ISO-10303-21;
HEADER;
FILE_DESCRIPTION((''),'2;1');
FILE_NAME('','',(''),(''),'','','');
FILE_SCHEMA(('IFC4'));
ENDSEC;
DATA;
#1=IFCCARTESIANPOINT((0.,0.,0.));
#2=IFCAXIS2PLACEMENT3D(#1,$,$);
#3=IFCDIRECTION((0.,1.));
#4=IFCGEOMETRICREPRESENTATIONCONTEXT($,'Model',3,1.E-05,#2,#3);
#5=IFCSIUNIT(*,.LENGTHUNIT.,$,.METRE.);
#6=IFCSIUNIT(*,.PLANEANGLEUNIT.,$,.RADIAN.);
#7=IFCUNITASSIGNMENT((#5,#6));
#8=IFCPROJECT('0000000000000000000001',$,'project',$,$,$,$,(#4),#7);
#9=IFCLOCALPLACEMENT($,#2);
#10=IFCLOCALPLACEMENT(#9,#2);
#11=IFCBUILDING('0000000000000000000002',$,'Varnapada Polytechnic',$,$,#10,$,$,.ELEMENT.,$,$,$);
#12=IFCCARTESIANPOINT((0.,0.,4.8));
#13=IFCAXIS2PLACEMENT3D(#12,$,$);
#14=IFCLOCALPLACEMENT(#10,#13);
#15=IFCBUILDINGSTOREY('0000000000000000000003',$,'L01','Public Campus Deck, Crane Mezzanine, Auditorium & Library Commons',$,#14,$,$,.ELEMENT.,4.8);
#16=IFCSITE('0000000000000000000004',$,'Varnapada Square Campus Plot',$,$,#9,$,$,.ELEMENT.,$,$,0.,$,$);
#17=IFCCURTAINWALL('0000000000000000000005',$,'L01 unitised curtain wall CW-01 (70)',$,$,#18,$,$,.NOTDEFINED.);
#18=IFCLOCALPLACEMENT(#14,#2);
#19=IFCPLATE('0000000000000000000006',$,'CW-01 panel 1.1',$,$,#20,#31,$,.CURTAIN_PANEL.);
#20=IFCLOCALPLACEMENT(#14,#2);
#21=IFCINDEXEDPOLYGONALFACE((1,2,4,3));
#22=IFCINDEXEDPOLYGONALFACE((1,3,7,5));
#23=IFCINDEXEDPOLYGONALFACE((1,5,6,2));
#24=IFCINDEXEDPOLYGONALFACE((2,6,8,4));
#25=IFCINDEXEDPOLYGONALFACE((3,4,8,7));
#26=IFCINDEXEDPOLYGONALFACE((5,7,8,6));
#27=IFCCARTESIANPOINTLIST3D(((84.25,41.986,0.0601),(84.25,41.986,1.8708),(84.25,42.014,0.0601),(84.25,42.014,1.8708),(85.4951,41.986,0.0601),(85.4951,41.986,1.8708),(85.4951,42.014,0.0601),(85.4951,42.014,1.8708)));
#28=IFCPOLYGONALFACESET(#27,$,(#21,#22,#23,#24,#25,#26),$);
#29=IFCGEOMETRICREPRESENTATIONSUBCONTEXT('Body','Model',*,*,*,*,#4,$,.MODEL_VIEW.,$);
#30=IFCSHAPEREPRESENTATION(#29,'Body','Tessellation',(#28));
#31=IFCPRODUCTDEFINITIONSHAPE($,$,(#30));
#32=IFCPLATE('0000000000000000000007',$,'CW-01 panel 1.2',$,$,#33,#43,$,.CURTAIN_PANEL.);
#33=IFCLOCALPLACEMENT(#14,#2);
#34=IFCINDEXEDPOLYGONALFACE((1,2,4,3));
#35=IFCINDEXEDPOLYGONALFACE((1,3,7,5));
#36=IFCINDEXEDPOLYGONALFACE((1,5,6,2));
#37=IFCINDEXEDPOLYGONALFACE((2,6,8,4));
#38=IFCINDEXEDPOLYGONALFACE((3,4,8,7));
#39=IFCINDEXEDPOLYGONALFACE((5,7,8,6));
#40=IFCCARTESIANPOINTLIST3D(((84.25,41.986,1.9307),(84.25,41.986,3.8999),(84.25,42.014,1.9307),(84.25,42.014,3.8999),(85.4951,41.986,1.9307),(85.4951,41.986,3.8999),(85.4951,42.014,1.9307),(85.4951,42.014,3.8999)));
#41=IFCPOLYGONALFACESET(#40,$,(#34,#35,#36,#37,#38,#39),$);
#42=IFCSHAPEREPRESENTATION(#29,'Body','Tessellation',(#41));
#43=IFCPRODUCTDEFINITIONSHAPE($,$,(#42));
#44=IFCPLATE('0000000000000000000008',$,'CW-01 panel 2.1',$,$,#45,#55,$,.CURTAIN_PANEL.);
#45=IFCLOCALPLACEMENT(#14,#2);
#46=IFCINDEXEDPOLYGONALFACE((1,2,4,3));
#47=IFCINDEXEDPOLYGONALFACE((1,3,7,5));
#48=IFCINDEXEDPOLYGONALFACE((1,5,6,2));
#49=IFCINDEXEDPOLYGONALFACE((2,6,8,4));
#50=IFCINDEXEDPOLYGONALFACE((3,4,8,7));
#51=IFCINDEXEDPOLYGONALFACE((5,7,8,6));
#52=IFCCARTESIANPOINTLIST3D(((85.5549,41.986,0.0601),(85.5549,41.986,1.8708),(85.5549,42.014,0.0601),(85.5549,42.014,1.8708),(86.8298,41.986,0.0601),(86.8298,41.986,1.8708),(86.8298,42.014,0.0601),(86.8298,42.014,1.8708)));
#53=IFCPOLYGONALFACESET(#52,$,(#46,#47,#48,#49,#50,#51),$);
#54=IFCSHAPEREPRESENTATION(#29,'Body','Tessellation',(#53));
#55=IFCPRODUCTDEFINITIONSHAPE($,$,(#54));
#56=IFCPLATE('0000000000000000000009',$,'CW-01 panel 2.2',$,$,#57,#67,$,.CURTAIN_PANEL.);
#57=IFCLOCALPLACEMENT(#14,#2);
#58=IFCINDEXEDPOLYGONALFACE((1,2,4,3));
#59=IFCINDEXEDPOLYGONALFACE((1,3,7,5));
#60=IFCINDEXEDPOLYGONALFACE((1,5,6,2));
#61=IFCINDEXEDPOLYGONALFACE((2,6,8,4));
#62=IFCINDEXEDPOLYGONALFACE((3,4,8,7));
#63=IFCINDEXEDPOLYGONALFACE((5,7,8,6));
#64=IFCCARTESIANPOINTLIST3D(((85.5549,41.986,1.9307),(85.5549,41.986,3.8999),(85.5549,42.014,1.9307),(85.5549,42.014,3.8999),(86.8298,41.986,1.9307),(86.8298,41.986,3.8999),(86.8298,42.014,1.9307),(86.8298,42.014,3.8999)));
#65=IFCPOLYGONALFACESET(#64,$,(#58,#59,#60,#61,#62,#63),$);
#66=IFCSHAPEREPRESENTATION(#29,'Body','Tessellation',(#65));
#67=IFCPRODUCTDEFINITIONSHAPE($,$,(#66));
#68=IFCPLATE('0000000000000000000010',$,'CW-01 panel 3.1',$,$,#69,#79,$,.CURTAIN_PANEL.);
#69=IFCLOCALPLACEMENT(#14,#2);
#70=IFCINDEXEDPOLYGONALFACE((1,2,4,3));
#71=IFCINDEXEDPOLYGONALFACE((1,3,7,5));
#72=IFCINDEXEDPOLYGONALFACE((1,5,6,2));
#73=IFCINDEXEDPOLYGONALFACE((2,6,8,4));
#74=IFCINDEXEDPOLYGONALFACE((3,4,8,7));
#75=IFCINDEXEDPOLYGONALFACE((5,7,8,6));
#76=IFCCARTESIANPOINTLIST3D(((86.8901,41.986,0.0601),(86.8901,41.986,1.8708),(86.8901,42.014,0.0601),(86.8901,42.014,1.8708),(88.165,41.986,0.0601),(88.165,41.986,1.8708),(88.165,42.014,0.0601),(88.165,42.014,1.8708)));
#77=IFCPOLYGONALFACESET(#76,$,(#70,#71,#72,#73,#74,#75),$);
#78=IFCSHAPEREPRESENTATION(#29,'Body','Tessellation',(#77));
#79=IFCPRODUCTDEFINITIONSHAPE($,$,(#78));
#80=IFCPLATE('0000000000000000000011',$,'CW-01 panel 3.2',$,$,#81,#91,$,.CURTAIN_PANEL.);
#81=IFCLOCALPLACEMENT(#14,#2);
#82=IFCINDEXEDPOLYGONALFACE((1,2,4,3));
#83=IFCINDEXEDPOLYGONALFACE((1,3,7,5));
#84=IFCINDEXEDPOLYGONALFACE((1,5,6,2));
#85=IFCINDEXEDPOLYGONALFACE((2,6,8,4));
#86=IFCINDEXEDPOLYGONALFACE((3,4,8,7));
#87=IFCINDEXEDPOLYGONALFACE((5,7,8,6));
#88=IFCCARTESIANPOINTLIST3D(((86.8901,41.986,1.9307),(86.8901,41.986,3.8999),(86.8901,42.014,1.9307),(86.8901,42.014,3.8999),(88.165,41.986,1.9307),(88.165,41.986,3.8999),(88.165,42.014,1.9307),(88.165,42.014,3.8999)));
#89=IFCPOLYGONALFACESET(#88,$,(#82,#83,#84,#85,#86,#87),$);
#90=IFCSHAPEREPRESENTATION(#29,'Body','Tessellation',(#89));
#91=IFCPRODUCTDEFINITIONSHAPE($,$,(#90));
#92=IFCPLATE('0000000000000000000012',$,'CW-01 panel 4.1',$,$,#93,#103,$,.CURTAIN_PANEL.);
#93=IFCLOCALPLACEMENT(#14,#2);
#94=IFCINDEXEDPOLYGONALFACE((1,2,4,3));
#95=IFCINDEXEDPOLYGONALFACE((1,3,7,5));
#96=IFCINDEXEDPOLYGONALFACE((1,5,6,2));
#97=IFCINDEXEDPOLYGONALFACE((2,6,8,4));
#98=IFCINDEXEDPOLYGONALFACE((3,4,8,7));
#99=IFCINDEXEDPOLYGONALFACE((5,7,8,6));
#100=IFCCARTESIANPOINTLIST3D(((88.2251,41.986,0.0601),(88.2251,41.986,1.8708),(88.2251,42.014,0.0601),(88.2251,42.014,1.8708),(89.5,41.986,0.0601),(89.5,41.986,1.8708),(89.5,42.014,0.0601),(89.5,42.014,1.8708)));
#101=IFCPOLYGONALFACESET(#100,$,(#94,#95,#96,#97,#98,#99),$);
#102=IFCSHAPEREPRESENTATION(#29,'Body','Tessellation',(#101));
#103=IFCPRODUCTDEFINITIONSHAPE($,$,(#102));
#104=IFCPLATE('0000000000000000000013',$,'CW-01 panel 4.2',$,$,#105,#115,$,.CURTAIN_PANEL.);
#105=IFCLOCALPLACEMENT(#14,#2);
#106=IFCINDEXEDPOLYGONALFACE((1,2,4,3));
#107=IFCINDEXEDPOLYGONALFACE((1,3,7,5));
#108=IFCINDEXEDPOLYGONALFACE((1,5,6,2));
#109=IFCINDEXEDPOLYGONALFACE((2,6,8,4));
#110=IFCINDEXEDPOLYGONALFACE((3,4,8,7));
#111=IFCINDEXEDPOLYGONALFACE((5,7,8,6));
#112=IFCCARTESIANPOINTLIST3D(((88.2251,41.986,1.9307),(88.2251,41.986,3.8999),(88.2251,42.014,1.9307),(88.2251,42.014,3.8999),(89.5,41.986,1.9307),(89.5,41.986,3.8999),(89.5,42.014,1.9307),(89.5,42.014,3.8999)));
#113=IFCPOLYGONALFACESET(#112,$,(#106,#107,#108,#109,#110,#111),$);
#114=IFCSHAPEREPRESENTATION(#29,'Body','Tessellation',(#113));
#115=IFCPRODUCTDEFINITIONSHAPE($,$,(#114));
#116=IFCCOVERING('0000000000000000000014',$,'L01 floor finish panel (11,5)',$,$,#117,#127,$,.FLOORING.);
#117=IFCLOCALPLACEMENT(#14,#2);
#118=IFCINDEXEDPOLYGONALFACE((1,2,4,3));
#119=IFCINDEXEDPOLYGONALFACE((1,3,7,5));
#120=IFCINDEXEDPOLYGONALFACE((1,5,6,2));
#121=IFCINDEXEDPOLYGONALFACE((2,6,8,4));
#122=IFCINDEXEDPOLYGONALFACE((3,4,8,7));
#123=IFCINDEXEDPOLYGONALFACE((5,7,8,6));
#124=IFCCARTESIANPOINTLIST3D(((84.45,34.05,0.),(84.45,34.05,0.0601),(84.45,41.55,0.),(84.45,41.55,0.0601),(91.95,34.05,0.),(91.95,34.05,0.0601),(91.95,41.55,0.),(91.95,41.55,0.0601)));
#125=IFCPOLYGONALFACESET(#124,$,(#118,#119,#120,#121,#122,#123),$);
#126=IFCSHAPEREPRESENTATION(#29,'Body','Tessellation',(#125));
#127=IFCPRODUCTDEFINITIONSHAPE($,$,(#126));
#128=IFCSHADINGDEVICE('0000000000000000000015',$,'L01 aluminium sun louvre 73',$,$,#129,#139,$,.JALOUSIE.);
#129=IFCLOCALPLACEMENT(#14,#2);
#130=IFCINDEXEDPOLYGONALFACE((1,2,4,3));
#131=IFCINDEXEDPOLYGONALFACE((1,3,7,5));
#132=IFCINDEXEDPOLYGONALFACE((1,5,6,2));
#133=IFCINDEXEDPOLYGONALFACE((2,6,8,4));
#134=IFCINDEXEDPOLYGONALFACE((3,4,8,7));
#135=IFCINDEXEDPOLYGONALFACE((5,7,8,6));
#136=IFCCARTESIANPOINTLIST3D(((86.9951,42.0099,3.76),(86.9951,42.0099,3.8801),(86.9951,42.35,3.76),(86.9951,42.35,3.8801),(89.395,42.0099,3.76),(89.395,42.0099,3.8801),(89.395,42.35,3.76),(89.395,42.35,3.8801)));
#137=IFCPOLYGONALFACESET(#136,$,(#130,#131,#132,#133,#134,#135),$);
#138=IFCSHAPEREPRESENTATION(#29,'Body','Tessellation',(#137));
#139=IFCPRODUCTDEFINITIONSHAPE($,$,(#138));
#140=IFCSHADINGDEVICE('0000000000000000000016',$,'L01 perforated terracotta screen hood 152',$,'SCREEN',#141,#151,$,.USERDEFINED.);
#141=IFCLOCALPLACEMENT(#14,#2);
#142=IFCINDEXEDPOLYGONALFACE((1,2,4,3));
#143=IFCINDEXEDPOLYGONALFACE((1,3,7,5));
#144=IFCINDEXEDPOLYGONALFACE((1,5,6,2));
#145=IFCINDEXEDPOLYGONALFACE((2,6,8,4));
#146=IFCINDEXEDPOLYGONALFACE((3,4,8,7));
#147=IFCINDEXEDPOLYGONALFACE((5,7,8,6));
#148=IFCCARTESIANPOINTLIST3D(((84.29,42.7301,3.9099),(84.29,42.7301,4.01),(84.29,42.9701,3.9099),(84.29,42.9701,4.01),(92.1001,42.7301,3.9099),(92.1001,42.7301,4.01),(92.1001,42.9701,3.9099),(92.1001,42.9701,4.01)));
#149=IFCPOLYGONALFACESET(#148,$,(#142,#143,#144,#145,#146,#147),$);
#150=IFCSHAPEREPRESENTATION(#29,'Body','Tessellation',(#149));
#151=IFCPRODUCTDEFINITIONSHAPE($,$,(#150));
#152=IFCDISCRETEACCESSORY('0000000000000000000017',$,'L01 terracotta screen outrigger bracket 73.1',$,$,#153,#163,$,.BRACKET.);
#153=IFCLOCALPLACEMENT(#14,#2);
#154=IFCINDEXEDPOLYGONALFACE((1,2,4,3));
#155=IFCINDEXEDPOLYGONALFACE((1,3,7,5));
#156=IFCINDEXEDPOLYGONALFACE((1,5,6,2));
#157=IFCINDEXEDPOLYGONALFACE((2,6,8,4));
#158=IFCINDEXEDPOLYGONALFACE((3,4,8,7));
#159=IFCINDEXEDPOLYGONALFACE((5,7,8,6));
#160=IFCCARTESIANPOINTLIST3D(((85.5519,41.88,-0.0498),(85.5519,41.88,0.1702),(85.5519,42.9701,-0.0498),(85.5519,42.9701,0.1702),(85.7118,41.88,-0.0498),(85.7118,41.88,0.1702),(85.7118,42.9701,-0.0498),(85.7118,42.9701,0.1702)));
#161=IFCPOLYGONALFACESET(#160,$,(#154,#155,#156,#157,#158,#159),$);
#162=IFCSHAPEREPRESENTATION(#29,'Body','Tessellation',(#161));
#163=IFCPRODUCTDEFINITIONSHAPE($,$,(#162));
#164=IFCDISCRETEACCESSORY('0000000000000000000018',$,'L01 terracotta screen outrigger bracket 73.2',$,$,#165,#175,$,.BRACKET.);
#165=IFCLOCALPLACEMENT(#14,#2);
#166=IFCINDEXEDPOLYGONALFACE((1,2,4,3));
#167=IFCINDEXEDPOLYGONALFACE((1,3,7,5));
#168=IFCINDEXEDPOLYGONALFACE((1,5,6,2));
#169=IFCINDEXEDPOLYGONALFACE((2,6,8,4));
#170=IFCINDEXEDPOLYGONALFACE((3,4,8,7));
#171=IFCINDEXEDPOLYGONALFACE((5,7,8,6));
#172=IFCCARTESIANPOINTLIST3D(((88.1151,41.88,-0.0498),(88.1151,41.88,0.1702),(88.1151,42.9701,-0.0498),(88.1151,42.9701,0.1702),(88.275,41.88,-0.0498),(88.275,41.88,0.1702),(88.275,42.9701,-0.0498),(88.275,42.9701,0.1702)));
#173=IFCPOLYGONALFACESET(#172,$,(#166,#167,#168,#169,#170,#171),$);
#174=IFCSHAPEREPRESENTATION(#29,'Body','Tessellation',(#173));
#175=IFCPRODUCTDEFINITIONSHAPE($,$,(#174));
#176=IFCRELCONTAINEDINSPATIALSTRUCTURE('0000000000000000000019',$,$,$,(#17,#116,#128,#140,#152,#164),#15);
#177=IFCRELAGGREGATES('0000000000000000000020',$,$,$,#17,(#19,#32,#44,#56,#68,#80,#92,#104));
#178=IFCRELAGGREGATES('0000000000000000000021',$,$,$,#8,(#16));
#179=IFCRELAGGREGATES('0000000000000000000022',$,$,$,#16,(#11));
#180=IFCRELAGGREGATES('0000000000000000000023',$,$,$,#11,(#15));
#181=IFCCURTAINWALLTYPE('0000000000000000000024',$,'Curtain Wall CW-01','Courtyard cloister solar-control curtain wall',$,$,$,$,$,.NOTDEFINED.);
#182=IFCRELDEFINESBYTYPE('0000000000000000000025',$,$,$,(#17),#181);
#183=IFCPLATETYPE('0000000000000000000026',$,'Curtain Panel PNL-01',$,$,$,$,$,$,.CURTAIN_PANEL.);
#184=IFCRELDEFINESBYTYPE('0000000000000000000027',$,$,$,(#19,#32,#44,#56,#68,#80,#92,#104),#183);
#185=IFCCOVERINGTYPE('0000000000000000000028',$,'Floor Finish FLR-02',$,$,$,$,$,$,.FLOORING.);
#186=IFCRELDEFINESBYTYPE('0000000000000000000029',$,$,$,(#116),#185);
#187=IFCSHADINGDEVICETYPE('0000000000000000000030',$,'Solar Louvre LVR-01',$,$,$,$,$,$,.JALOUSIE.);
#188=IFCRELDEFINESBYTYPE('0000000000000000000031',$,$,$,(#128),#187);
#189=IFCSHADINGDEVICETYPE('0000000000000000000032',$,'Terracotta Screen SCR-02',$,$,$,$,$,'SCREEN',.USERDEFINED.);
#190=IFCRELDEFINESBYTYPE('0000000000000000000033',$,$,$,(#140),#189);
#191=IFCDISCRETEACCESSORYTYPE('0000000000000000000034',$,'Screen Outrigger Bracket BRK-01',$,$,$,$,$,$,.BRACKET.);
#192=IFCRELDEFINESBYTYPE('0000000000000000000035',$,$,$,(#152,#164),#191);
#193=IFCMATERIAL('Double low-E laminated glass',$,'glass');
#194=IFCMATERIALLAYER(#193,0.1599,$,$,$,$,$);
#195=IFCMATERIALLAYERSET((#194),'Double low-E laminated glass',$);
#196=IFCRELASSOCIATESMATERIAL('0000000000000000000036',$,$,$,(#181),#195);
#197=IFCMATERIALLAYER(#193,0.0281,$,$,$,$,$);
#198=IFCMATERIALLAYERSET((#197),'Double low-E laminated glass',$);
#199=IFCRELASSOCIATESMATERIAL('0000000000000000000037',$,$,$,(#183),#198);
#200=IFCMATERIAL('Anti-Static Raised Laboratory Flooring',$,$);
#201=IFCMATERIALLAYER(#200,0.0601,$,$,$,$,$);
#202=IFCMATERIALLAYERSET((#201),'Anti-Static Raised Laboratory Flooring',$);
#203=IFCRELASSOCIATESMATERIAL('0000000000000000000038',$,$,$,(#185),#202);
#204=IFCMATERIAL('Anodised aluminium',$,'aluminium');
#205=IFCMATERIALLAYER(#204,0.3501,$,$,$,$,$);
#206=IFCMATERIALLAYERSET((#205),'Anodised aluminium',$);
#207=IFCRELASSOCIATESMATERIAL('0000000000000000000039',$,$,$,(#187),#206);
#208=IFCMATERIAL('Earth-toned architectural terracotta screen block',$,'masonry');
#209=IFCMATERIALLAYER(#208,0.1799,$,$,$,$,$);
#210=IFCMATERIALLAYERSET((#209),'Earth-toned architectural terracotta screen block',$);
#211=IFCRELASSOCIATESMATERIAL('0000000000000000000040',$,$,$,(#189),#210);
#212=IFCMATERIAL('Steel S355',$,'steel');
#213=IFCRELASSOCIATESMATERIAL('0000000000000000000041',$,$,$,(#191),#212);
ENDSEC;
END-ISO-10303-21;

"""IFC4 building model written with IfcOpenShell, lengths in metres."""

from ifc_helpers import new_model, si_unit, direction, frame, origin, origin_2d, place, context, subcontext, project, spatial, rectangle, extrude, material, layer, layer_set, type_object, element, aggregate, save


model = new_model("IFC4")

# Units and contexts
model_context = context("Model", 3, precision=1e-05, world=origin(), true_north=direction((0.0, 1.0)))
body_context = subcontext(model_context, "Body", "Model", "MODEL_VIEW")
ifc_project = project(units=[si_unit("LENGTHUNIT", "METRE"), si_unit("PLANEANGLEUNIT", "RADIAN")], contexts=[model_context])

# Site, building, storey
site_placement = place(None, origin())
site = spatial("IfcSite", under=ifc_project, at=site_placement, Name="Varnapada Square Campus Plot", CompositionType="ELEMENT", RefElevation=0.0)
building_placement = place(site_placement, origin())
building = spatial("IfcBuilding", under=site, at=building_placement, Name="Varnapada Polytechnic", CompositionType="ELEMENT")
storey_placement = place(building_placement, frame((0.0, 0.0, 4.8)))
storey = spatial("IfcBuildingStorey", under=building, at=storey_placement, Name="L01", Description="Public Campus Deck, Crane Mezzanine, Auditorium & Library Commons", CompositionType="ELEMENT", Elevation=4.8)

# Curtain wall, plates
ifc_material_1 = material(Name="Double low-E laminated glass", Category="glass")
ifc_layer_1 = layer(ifc_material_1, 0.1599)
ifc_layer_set_1 = layer_set([ifc_layer_1], Name="Double low-E laminated glass")
curtain_wall_type = type_object("IfcCurtainWallType", Name="Curtain Wall CW-01", Description="Courtyard cloister solar-control curtain wall", PredefinedType="NOTDEFINED", material=ifc_layer_set_1)
curtain_wall_placement = place(storey_placement, origin())
curtain_wall = element("IfcCurtainWall", 1, at=curtain_wall_placement, inside=storey, type_object=curtain_wall_type, Name="L01 unitised curtain wall CW-01 (70)", PredefinedType="NOTDEFINED")
ifc_material_2 = material(Name="Anodised aluminium", Category="aluminium")
ifc_layer_2 = layer(ifc_material_1, 0.0281)
ifc_layer_set_2 = layer_set([ifc_layer_2], Name="Double low-E laminated glass")
plate_type = type_object("IfcPlateType", Name="Curtain Panel PNL-01", PredefinedType="CURTAIN_PANEL", material=ifc_layer_set_2)
plate_1_placement = place(storey_placement, frame((84.8726, 42.0, 0.0601), z_axis=(0.0, 0.0, 1.0), x_axis=(1.0, 0.0, 0.0)))
plate_1 = element("IfcPlate", 2, at=plate_1_placement, type_object=plate_type, Name="CW-01 panel 1.1", PredefinedType="CURTAIN_PANEL", context=body_context, shape_type="SweptSolid", body=[
    extrude(rectangle(XDim=1.2451, YDim=0.0281, at=origin_2d()), origin(), (0.0, 0.0, 1.0), 1.8108),
])
plate_2_placement = place(storey_placement, frame((84.8726, 42.0, 1.9307), z_axis=(0.0, 0.0, 1.0), x_axis=(1.0, 0.0, 0.0)))
plate_2 = element("IfcPlate", 3, at=plate_2_placement, type_object=plate_type, Name="CW-01 panel 1.2", PredefinedType="CURTAIN_PANEL", context=body_context, shape_type="SweptSolid", body=[
    extrude(rectangle(XDim=1.2451, YDim=0.0281, at=origin_2d()), origin(), (0.0, 0.0, 1.0), 1.9692),
])
plate_3_placement = place(storey_placement, frame((86.1924, 42.0, 0.0601), z_axis=(0.0, 0.0, 1.0), x_axis=(1.0, 0.0, 0.0)))
plate_3 = element("IfcPlate", 4, at=plate_3_placement, type_object=plate_type, Name="CW-01 panel 2.1", PredefinedType="CURTAIN_PANEL", context=body_context, shape_type="SweptSolid", body=[
    extrude(rectangle(XDim=1.2749, YDim=0.0281, at=origin_2d()), origin(), (0.0, 0.0, 1.0), 1.8108),
])
plate_4_placement = place(storey_placement, frame((86.1924, 42.0, 1.9307), z_axis=(0.0, 0.0, 1.0), x_axis=(1.0, 0.0, 0.0)))
plate_4 = element("IfcPlate", 5, at=plate_4_placement, type_object=plate_type, Name="CW-01 panel 2.2", PredefinedType="CURTAIN_PANEL", context=body_context, shape_type="SweptSolid", body=[
    extrude(rectangle(XDim=1.2749, YDim=0.0281, at=origin_2d()), origin(), (0.0, 0.0, 1.0), 1.9692),
])
plate_5_placement = place(storey_placement, frame((87.5276, 42.0, 0.0601), z_axis=(0.0, 0.0, 1.0), x_axis=(1.0, 0.0, 0.0)))
plate_5 = element("IfcPlate", 6, at=plate_5_placement, type_object=plate_type, Name="CW-01 panel 3.1", PredefinedType="CURTAIN_PANEL", context=body_context, shape_type="SweptSolid", body=[
    extrude(rectangle(XDim=1.2749, YDim=0.0281, at=origin_2d()), origin(), (0.0, 0.0, 1.0), 1.8108),
])
plate_6_placement = place(storey_placement, frame((87.5276, 42.0, 1.9307), z_axis=(0.0, 0.0, 1.0), x_axis=(1.0, 0.0, 0.0)))
plate_6 = element("IfcPlate", 7, at=plate_6_placement, type_object=plate_type, Name="CW-01 panel 3.2", PredefinedType="CURTAIN_PANEL", context=body_context, shape_type="SweptSolid", body=[
    extrude(rectangle(XDim=1.2749, YDim=0.0281, at=origin_2d()), origin(), (0.0, 0.0, 1.0), 1.9692),
])
plate_7_placement = place(storey_placement, frame((88.8625, 42.0, 0.0601), z_axis=(0.0, 0.0, 1.0), x_axis=(1.0, 0.0, 0.0)))
plate_7 = element("IfcPlate", 8, at=plate_7_placement, type_object=plate_type, Name="CW-01 panel 4.1", PredefinedType="CURTAIN_PANEL", context=body_context, shape_type="SweptSolid", body=[
    extrude(rectangle(XDim=1.2749, YDim=0.0281, at=origin_2d()), origin(), (0.0, 0.0, 1.0), 1.8108),
])
plate_8_placement = place(storey_placement, frame((88.8625, 42.0, 1.9307), z_axis=(0.0, 0.0, 1.0), x_axis=(1.0, 0.0, 0.0)))
plate_8 = element("IfcPlate", 9, at=plate_8_placement, type_object=plate_type, Name="CW-01 panel 4.2", PredefinedType="CURTAIN_PANEL", context=body_context, shape_type="SweptSolid", body=[
    extrude(rectangle(XDim=1.2749, YDim=0.0281, at=origin_2d()), origin(), (0.0, 0.0, 1.0), 1.9692),
])
aggregate(curtain_wall, [plate_1, plate_2, plate_3, plate_4, plate_5, plate_6, plate_7, plate_8])

# Covering
ifc_material_3 = material(Name="Anti-Static Raised Laboratory Flooring")
ifc_layer_3 = layer(ifc_material_3, 0.0601)
ifc_layer_set_3 = layer_set([ifc_layer_3], Name="Anti-Static Raised Laboratory Flooring")
covering_type = type_object("IfcCoveringType", Name="Floor Finish FLR-02", PredefinedType="FLOORING", material=ifc_layer_set_3)
covering_placement = place(storey_placement, frame((88.2, 37.8, 0.0), z_axis=(0.0, 0.0, 1.0), x_axis=(1.0, 0.0, 0.0)))
element("IfcCovering", 10, at=covering_placement, inside=storey, type_object=covering_type, Name="L01 floor finish panel (11,5)", PredefinedType="FLOORING", context=body_context, shape_type="SweptSolid", body=[
    extrude(rectangle(XDim=7.5, YDim=7.5, at=origin_2d()), origin(), (0.0, 0.0, 1.0), 0.0601),
])

# Shading devices
ifc_layer_4 = layer(ifc_material_2, 0.3501)
ifc_layer_set_4 = layer_set([ifc_layer_4], Name="Anodised aluminium")
shading_device_type_1 = type_object("IfcShadingDeviceType", Name="Solar Louvre LVR-01", PredefinedType="JALOUSIE", material=ifc_layer_set_4)
shading_device_1_placement = place(storey_placement, frame((88.1951, 42.1799, 3.76), z_axis=(0.0, 0.0, 1.0), x_axis=(1.0, 0.0, 0.0)))
element("IfcShadingDevice", 11, at=shading_device_1_placement, inside=storey, type_object=shading_device_type_1, Name="L01 aluminium sun louvre 73", PredefinedType="JALOUSIE", context=body_context, shape_type="SweptSolid", body=[
    extrude(rectangle(XDim=2.3999, YDim=0.3401, at=origin_2d()), origin(), (0.0, 0.0, 1.0), 0.1201),
])
ifc_material_4 = material(Name="Earth-toned architectural terracotta screen block", Category="masonry")
ifc_layer_5 = layer(ifc_material_4, 0.1799)
ifc_layer_set_5 = layer_set([ifc_layer_5], Name="Earth-toned architectural terracotta screen block")
shading_device_type_2 = type_object("IfcShadingDeviceType", Name="Terracotta Screen SCR-02", ElementType="SCREEN", PredefinedType="USERDEFINED", material=ifc_layer_set_5)
shading_device_2_placement = place(storey_placement, frame((88.1951, 42.8501, 3.9099), z_axis=(0.0, 0.0, 1.0), x_axis=(1.0, 0.0, 0.0)))
element("IfcShadingDevice", 12, at=shading_device_2_placement, inside=storey, type_object=shading_device_type_2, Name="L01 perforated terracotta screen hood 152", ObjectType="SCREEN", PredefinedType="USERDEFINED", context=body_context, shape_type="SweptSolid", body=[
    extrude(rectangle(XDim=7.8101, YDim=0.24, at=origin_2d()), origin(), (0.0, 0.0, 1.0), 0.1001),
])

# Discrete accessories
ifc_material_5 = material(Name="Steel S355", Category="steel")
discrete_accessory_type = type_object("IfcDiscreteAccessoryType", Name="Screen Outrigger Bracket BRK-01", PredefinedType="BRACKET", material=ifc_material_5)
for number, where, z_axis, x_axis, name in (
    (13, (85.6318, 42.425, -0.0498), (0.0, 0.0, 1.0), (1.0, 0.0, 0.0), "L01 terracotta screen outrigger bracket 73.1"),
    (14, (88.1951, 42.425, -0.0498), (0.0, 0.0, 1.0), (1.0, 0.0, 0.0), "L01 terracotta screen outrigger bracket 73.2"),
):
    element("IfcDiscreteAccessory", number, at=place(storey_placement, frame(where, z_axis=z_axis, x_axis=x_axis)), inside=storey, type_object=discrete_accessory_type, Name=name, PredefinedType="BRACKET", context=body_context, shape_type="SweptSolid", body=[
        extrude(rectangle(XDim=0.1599, YDim=1.0901, at=origin_2d()), origin(), (0.0, 0.0, 1.0), 0.22),
    ])

save(model, "model.ifc")
